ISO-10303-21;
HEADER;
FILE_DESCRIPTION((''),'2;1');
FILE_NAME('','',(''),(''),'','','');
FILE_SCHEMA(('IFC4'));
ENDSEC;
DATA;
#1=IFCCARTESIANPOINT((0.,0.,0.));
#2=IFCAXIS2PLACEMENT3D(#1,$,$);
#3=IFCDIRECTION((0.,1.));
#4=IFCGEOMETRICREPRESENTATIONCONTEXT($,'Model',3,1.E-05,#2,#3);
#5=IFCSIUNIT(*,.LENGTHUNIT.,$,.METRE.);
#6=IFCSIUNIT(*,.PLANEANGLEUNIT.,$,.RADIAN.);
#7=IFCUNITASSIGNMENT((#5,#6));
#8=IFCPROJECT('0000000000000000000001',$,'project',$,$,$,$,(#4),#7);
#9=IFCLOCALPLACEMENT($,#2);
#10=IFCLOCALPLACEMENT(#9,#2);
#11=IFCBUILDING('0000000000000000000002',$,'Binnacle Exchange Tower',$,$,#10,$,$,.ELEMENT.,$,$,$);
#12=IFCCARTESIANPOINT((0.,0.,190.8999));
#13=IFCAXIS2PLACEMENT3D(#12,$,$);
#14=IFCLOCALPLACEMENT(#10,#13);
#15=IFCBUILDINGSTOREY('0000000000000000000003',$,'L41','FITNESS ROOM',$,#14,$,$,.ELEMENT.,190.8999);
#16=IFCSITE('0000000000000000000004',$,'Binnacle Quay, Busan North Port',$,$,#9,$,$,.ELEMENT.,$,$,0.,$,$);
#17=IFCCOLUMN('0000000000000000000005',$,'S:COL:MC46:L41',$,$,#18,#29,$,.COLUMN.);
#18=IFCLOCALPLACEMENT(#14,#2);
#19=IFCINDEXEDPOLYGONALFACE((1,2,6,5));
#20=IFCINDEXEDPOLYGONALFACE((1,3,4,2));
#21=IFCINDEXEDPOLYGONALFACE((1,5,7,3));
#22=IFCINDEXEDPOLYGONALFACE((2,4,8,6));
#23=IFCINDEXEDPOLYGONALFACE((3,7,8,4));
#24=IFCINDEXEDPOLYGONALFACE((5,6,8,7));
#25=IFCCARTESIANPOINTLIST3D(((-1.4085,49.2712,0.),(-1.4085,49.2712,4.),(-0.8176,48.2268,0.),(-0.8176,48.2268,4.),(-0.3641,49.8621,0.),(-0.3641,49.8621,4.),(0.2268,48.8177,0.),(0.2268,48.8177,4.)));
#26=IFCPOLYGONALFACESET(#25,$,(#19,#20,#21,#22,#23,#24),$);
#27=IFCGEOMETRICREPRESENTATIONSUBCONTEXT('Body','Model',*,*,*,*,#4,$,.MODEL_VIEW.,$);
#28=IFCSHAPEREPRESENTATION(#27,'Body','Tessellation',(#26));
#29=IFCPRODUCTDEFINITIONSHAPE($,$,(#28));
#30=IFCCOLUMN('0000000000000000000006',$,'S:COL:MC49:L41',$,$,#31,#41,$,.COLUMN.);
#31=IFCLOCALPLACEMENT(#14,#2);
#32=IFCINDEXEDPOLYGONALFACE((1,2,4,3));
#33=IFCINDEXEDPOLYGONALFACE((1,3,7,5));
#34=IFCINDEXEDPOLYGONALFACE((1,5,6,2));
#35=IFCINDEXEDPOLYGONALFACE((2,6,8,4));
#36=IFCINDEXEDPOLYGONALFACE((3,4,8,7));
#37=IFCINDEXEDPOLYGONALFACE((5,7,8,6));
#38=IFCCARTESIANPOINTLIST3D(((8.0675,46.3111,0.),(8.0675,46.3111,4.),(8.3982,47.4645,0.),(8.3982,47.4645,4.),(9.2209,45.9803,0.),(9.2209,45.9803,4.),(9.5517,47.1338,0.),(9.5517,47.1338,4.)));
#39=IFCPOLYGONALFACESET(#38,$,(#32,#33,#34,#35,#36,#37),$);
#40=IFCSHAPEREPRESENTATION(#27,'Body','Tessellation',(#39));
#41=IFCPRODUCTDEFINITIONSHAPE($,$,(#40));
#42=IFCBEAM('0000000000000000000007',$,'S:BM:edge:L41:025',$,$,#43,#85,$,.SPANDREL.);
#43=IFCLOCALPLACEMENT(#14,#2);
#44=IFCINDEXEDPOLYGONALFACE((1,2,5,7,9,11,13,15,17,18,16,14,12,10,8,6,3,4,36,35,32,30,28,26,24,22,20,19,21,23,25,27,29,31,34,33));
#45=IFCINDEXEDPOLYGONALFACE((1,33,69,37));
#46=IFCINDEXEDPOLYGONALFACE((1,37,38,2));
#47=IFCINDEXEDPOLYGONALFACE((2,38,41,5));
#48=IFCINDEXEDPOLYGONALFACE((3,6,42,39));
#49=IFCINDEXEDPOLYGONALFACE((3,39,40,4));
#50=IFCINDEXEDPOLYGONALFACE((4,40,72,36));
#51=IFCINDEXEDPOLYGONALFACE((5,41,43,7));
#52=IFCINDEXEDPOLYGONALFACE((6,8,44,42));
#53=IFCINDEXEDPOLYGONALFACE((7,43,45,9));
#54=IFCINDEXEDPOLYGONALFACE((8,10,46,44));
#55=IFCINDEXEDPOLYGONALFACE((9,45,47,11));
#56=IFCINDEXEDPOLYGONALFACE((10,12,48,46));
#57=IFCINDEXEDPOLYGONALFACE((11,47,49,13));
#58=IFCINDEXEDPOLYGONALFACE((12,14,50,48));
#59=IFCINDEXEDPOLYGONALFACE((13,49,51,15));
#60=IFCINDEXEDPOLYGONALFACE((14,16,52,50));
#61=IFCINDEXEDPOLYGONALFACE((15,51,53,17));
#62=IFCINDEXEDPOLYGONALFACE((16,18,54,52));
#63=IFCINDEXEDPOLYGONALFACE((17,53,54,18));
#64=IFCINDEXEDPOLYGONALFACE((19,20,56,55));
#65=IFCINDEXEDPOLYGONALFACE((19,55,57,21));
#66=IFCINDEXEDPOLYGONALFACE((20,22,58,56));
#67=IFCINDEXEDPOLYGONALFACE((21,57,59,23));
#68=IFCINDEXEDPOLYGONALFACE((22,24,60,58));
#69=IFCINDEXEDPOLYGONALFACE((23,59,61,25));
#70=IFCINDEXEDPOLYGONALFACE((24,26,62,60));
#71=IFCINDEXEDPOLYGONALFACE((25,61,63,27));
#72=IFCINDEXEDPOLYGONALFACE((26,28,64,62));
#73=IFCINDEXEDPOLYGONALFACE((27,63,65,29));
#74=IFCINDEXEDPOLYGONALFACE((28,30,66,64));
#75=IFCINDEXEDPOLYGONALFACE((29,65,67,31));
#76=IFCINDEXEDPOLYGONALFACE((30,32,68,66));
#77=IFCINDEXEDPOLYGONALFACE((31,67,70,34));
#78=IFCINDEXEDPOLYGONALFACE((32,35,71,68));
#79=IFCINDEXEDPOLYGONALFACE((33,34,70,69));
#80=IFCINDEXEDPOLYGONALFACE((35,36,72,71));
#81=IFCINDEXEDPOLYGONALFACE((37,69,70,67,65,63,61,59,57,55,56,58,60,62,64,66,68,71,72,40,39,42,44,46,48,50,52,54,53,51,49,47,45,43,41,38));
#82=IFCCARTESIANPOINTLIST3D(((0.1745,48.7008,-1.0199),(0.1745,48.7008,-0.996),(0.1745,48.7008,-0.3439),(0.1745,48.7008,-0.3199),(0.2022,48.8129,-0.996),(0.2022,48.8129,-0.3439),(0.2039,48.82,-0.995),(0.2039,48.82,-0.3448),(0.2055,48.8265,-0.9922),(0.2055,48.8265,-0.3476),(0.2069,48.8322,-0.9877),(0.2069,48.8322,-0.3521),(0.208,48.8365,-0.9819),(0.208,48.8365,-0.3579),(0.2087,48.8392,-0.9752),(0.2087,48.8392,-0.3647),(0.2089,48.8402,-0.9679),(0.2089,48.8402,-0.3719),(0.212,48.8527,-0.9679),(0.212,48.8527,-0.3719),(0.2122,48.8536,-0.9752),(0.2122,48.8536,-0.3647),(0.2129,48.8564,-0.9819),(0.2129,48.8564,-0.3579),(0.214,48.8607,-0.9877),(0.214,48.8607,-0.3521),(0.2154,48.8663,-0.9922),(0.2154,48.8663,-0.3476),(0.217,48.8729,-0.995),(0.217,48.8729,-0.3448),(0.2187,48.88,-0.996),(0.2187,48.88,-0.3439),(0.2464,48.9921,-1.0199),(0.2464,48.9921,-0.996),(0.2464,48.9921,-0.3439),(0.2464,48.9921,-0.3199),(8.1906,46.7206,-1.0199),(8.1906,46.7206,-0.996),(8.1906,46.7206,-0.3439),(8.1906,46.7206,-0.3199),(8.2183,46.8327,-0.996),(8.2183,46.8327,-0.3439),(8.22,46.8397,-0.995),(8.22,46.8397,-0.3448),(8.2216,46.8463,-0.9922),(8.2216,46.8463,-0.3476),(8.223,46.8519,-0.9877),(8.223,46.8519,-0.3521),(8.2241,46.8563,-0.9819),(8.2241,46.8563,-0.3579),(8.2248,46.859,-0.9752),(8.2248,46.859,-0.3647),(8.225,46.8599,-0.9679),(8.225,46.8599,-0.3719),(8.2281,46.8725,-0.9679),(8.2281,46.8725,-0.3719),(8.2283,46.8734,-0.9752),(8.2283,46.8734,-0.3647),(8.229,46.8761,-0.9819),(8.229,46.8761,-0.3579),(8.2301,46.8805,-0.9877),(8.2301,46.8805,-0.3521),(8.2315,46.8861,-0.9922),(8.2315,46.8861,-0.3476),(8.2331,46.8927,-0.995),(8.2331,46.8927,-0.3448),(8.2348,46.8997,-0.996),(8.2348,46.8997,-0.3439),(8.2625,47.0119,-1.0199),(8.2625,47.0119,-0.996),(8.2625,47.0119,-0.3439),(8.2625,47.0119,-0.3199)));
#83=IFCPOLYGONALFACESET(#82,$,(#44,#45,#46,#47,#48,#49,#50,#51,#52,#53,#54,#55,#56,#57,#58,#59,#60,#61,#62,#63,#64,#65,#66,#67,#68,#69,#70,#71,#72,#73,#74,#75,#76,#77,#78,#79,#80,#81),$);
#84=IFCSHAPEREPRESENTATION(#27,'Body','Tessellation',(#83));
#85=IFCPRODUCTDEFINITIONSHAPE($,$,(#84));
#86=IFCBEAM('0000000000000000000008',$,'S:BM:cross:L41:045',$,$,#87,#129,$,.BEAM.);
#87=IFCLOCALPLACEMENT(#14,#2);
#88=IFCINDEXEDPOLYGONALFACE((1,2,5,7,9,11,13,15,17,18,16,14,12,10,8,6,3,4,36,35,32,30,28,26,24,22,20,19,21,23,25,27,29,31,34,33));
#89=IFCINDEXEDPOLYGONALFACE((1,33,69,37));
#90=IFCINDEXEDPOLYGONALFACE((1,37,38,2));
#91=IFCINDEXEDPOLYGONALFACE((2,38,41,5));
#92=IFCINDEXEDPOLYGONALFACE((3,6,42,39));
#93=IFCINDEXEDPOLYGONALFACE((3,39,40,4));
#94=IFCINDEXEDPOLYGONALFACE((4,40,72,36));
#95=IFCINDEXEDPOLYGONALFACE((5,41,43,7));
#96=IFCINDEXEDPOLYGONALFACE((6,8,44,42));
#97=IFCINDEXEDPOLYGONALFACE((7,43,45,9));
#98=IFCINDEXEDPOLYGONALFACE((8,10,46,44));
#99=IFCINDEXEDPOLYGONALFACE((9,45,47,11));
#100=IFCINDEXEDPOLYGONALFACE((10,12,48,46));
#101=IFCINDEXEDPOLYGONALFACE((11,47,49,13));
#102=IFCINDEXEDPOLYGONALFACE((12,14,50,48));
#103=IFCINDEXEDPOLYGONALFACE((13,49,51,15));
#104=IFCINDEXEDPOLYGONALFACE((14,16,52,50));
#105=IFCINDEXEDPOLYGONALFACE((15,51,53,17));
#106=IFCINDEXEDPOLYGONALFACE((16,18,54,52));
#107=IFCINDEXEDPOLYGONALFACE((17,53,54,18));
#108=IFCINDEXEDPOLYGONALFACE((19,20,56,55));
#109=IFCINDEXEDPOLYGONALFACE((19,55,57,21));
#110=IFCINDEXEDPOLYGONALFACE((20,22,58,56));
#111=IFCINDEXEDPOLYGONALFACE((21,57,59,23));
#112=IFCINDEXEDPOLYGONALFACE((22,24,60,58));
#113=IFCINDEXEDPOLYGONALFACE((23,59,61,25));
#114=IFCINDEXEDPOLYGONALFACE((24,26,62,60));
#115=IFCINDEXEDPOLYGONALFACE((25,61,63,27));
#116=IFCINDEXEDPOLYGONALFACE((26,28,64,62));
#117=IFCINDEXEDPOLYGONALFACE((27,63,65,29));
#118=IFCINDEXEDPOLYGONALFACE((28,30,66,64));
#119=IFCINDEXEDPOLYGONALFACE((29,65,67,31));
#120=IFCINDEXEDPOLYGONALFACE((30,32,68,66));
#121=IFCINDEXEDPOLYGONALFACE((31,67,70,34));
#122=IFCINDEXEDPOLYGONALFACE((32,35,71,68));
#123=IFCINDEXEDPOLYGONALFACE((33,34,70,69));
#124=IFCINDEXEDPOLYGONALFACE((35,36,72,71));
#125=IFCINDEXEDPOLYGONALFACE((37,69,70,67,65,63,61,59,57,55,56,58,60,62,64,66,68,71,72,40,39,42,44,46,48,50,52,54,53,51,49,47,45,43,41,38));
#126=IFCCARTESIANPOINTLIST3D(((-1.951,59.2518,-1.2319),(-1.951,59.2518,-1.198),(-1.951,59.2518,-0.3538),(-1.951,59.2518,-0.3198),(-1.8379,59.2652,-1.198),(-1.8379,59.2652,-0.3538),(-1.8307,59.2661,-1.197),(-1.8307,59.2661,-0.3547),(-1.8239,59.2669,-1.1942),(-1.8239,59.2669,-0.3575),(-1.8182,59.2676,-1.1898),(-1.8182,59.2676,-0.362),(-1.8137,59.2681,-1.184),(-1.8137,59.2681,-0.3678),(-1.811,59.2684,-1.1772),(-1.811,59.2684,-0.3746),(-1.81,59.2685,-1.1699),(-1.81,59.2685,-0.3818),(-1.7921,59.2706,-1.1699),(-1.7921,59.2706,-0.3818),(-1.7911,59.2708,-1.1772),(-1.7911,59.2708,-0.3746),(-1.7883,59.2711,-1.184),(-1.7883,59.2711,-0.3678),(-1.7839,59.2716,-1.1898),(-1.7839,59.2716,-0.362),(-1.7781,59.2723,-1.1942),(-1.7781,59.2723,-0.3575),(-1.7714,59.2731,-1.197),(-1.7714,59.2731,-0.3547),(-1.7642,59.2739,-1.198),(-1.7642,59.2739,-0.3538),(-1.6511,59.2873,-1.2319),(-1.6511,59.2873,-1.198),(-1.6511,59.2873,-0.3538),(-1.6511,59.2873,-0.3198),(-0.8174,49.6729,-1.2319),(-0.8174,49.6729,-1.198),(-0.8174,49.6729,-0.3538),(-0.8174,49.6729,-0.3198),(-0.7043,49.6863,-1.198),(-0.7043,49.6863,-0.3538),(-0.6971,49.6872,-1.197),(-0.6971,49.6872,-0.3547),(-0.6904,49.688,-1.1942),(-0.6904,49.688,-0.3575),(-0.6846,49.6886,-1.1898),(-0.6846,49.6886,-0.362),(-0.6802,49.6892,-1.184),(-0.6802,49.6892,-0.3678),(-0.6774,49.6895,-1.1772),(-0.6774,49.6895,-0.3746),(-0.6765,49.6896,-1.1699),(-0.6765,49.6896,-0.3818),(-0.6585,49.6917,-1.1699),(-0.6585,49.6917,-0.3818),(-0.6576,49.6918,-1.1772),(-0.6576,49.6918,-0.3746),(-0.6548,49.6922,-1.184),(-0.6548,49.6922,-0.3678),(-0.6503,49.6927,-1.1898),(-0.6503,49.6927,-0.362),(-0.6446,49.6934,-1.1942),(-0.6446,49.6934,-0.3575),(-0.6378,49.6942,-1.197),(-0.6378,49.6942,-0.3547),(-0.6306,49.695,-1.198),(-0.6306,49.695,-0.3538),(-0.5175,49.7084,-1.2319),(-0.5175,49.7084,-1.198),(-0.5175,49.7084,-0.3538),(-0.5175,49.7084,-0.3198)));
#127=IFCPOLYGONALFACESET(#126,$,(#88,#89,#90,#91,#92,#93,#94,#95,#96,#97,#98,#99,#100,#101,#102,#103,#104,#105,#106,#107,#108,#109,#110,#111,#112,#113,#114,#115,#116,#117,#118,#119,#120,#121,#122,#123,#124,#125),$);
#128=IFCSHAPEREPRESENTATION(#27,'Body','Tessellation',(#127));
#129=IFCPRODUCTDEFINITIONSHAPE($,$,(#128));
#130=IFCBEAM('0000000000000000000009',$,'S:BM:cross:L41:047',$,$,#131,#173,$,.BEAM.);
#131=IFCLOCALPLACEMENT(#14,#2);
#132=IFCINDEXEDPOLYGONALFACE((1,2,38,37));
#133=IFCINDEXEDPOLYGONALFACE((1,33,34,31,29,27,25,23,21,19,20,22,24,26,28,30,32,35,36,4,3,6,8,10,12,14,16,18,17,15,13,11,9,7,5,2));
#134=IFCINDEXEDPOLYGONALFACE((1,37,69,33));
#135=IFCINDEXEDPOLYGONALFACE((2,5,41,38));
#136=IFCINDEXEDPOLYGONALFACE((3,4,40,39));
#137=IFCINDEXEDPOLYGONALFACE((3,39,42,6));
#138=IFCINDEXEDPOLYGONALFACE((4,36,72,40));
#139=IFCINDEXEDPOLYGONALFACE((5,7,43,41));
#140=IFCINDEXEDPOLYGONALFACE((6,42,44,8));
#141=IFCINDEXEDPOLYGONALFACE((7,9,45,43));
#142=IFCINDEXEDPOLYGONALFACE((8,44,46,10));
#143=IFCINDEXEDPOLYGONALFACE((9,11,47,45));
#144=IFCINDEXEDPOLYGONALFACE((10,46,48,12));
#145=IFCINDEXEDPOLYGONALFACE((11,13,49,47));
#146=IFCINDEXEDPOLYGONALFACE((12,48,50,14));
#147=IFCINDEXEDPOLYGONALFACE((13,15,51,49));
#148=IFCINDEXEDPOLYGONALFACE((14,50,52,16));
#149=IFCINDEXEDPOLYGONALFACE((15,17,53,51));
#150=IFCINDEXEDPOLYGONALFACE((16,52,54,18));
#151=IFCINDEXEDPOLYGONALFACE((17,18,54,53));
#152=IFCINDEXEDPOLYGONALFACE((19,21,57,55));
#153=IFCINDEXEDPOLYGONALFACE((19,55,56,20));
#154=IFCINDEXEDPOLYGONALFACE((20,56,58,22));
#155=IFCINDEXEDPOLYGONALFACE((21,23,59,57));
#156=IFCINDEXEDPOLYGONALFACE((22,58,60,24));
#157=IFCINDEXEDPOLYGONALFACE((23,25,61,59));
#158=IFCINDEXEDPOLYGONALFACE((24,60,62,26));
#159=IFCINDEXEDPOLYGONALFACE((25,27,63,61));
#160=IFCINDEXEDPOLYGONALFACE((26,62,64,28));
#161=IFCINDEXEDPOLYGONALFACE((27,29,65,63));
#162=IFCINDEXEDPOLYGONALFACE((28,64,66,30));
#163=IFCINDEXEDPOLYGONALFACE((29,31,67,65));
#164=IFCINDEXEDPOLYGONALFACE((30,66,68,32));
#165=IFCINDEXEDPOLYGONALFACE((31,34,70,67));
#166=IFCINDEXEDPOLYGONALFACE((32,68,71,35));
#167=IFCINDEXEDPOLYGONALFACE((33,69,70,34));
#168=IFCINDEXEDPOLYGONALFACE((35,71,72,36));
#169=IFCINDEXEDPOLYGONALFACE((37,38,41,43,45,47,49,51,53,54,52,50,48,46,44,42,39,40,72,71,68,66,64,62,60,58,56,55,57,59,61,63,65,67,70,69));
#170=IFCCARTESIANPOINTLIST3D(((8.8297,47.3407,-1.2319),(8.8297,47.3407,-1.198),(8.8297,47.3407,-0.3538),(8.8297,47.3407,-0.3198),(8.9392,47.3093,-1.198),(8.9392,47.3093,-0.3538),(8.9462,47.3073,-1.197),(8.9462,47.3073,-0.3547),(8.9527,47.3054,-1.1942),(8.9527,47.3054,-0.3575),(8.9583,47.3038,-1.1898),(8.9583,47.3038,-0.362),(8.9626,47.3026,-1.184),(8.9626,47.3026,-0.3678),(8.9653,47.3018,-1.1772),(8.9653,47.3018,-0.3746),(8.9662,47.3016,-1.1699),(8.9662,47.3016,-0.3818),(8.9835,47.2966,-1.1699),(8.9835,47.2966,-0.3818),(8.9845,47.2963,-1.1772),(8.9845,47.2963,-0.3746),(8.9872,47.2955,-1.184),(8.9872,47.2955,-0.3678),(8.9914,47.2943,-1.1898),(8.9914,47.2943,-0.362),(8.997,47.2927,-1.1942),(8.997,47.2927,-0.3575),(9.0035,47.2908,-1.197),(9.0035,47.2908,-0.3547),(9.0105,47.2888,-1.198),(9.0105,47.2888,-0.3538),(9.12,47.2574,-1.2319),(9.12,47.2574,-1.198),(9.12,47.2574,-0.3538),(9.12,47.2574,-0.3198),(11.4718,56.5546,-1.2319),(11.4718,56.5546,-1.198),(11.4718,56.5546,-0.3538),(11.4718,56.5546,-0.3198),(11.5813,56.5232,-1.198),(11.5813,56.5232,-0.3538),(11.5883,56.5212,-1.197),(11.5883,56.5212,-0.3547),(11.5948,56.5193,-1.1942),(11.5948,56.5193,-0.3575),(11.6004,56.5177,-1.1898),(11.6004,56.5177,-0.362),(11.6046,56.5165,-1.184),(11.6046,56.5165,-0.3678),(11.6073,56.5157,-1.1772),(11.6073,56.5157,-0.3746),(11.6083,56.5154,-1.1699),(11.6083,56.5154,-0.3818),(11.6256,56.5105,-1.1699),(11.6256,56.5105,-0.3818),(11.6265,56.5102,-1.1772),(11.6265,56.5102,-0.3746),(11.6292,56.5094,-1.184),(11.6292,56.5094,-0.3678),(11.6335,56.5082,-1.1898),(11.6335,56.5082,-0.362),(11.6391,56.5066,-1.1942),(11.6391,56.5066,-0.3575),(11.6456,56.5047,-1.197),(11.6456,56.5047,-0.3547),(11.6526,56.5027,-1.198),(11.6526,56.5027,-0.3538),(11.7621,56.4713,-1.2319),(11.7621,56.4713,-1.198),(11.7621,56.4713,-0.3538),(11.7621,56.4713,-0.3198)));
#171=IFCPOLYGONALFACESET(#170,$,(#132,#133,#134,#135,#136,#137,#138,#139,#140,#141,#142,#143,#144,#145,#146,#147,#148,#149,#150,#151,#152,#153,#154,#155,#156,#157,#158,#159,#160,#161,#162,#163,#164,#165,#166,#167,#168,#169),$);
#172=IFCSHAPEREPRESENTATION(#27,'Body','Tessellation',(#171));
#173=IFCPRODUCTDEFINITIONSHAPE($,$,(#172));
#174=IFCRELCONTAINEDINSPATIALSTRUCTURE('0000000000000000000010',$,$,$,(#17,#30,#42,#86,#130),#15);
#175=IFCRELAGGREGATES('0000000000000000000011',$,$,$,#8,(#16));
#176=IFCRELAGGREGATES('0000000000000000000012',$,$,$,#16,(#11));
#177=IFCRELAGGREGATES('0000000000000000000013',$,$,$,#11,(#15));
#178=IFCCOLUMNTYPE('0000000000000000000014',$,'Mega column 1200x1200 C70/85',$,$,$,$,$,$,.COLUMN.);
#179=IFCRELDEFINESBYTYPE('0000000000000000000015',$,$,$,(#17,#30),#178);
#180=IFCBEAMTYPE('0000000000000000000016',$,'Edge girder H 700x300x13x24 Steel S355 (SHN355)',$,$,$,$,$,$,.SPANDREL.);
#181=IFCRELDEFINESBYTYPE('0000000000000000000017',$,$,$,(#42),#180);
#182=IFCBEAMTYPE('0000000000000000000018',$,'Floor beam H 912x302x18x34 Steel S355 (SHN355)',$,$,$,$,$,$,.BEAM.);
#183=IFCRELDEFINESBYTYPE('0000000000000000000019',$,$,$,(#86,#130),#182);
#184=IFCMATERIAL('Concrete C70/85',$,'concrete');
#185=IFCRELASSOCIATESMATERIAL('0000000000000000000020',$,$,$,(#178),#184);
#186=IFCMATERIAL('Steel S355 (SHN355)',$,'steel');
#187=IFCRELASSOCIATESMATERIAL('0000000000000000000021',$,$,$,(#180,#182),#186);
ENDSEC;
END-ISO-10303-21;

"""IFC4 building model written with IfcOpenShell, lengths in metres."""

from ifc_helpers import new_model, si_unit, direction, frame, origin, origin_2d, place, context, subcontext, project, spatial, rectangle, i_section, extrude, material, material_profile, profile_set, type_object, element, save


model = new_model("IFC4")

# Units and contexts
model_context = context("Model", 3, precision=1e-05, world=origin(), true_north=direction((0.0, 1.0)))
body_context = subcontext(model_context, "Body", "Model", "MODEL_VIEW")
ifc_project = project(units=[si_unit("LENGTHUNIT", "METRE"), si_unit("PLANEANGLEUNIT", "RADIAN")], contexts=[model_context])

# Site, building, storey
site_placement = place(None, origin())
site = spatial("IfcSite", under=ifc_project, at=site_placement, Name="Binnacle Quay, Busan North Port", CompositionType="ELEMENT", RefElevation=0.0)
building_placement = place(site_placement, origin())
building = spatial("IfcBuilding", under=site, at=building_placement, Name="Binnacle Exchange Tower", CompositionType="ELEMENT")
storey_placement = place(building_placement, frame((0.0, 0.0, 190.8999)))
storey = spatial("IfcBuildingStorey", under=building, at=storey_placement, Name="L41", Description="FITNESS ROOM", CompositionType="ELEMENT", Elevation=190.8999)

# Columns
ifc_material_1 = material(Name="Concrete C70/85", Category="concrete")
ifc_material_profile_1 = material_profile(ifc_material_1, rectangle(XDim=1.2, YDim=1.2, at=origin_2d()), Name="Mega column 1200x1200 C70/85")
ifc_profile_set_1 = profile_set([ifc_material_profile_1], Name="Concrete C70/85")
column_type = type_object("IfcColumnType", Name="Mega column 1200x1200 C70/85", PredefinedType="COLUMN", material=ifc_profile_set_1)
for number, where, z_axis, x_axis, name in (
    (1, (-0.5908, 49.0444, 0.0), (0.0, 0.0, 1.0), (0.870356, 0.492424, 0.0), "S:COL:MC46:L41"),
    (2, (8.8096, 46.7224, 0.0), (0.0, 0.0, 1.0), (0.961262, -0.275637, 0.0), "S:COL:MC49:L41"),
):
    element("IfcColumn", number, at=place(storey_placement, frame(where, z_axis=z_axis, x_axis=x_axis)), inside=storey, type_object=column_type, Name=name, PredefinedType="COLUMN", context=body_context, shape_type="SweptSolid", body=[
        extrude(rectangle(XDim=1.2, YDim=1.2, at=origin_2d()), origin(), (0.0, 0.0, 1.0), 4.0),
    ])

# Beams
ifc_material_2 = material(Name="Steel S355 (SHN355)", Category="steel")
ifc_material_profile_2 = material_profile(ifc_material_2, i_section(OverallWidth=0.3, OverallDepth=0.7, WebThickness=0.0129, FlangeThickness=0.0239, FilletRadius=0.0281, at=origin_2d()), Name="H 700x300x13x24")
ifc_profile_set_2 = profile_set([ifc_material_profile_2], Name="Steel S355 (SHN355)")
beam_type_1 = type_object("IfcBeamType", Name="Edge girder H 700x300x13x24 Steel S355 (SHN355)", PredefinedType="SPANDREL", material=ifc_profile_set_2)
beam_1_placement = place(storey_placement, frame((0.2104, 48.8464, -0.6699), z_axis=(0.970817, -0.239821, 0.0), x_axis=(0.239821, 0.970817, 0.0)))
element("IfcBeam", 3, at=beam_1_placement, inside=storey, type_object=beam_type_1, Name="S:BM:edge:L41:025", PredefinedType="SPANDREL", context=body_context, shape_type="SweptSolid", body=[
    extrude(i_section(OverallWidth=0.3, OverallDepth=0.7, WebThickness=0.0129, FlangeThickness=0.0239, FilletRadius=0.0281, at=origin_2d()), origin(), (0.0, 0.0, 1.0), 8.2571),
])
ifc_material_profile_3 = material_profile(ifc_material_2, i_section(OverallWidth=0.302, OverallDepth=0.9121, WebThickness=0.0181, FlangeThickness=0.0339, FilletRadius=0.0281, at=origin_2d()), Name="H 912x302x18x34")
ifc_profile_set_3 = profile_set([ifc_material_profile_3], Name="Steel S355 (SHN355)")
beam_type_2 = type_object("IfcBeamType", Name="Floor beam H 912x302x18x34 Steel S355 (SHN355)", PredefinedType="BEAM", material=ifc_profile_set_3)
beam_2_placement = place(storey_placement, frame((-0.6675, 49.6907, -0.7759), z_axis=(-0.117518, 0.993071, 0.0), x_axis=(-0.993071, -0.117518, 0.0)))
element("IfcBeam", 4, at=beam_2_placement, inside=storey, type_object=beam_type_2, Name="S:BM:cross:L41:045", PredefinedType="BEAM", context=body_context, shape_type="SweptSolid", body=[
    extrude(i_section(OverallWidth=0.302, OverallDepth=0.9121, WebThickness=0.0181, FlangeThickness=0.0339, FilletRadius=0.0281, at=origin_2d()), origin(), (0.0, 0.0, 1.0), 9.6458),
])
beam_3_placement = place(storey_placement, frame((8.9749, 47.2991, -0.7759), z_axis=(0.275643, 0.96126, 0.0), x_axis=(-0.96126, 0.275643, 0.0)))
element("IfcBeam", 5, at=beam_3_placement, inside=storey, type_object=beam_type_2, Name="S:BM:cross:L41:047", PredefinedType="BEAM", context=body_context, shape_type="SweptSolid", body=[
    extrude(i_section(OverallWidth=0.302, OverallDepth=0.9121, WebThickness=0.0181, FlangeThickness=0.0339, FilletRadius=0.0281, at=origin_2d()), origin(), (0.0, 0.0, 1.0), 9.5852),
])

save(model, "model.ifc")
